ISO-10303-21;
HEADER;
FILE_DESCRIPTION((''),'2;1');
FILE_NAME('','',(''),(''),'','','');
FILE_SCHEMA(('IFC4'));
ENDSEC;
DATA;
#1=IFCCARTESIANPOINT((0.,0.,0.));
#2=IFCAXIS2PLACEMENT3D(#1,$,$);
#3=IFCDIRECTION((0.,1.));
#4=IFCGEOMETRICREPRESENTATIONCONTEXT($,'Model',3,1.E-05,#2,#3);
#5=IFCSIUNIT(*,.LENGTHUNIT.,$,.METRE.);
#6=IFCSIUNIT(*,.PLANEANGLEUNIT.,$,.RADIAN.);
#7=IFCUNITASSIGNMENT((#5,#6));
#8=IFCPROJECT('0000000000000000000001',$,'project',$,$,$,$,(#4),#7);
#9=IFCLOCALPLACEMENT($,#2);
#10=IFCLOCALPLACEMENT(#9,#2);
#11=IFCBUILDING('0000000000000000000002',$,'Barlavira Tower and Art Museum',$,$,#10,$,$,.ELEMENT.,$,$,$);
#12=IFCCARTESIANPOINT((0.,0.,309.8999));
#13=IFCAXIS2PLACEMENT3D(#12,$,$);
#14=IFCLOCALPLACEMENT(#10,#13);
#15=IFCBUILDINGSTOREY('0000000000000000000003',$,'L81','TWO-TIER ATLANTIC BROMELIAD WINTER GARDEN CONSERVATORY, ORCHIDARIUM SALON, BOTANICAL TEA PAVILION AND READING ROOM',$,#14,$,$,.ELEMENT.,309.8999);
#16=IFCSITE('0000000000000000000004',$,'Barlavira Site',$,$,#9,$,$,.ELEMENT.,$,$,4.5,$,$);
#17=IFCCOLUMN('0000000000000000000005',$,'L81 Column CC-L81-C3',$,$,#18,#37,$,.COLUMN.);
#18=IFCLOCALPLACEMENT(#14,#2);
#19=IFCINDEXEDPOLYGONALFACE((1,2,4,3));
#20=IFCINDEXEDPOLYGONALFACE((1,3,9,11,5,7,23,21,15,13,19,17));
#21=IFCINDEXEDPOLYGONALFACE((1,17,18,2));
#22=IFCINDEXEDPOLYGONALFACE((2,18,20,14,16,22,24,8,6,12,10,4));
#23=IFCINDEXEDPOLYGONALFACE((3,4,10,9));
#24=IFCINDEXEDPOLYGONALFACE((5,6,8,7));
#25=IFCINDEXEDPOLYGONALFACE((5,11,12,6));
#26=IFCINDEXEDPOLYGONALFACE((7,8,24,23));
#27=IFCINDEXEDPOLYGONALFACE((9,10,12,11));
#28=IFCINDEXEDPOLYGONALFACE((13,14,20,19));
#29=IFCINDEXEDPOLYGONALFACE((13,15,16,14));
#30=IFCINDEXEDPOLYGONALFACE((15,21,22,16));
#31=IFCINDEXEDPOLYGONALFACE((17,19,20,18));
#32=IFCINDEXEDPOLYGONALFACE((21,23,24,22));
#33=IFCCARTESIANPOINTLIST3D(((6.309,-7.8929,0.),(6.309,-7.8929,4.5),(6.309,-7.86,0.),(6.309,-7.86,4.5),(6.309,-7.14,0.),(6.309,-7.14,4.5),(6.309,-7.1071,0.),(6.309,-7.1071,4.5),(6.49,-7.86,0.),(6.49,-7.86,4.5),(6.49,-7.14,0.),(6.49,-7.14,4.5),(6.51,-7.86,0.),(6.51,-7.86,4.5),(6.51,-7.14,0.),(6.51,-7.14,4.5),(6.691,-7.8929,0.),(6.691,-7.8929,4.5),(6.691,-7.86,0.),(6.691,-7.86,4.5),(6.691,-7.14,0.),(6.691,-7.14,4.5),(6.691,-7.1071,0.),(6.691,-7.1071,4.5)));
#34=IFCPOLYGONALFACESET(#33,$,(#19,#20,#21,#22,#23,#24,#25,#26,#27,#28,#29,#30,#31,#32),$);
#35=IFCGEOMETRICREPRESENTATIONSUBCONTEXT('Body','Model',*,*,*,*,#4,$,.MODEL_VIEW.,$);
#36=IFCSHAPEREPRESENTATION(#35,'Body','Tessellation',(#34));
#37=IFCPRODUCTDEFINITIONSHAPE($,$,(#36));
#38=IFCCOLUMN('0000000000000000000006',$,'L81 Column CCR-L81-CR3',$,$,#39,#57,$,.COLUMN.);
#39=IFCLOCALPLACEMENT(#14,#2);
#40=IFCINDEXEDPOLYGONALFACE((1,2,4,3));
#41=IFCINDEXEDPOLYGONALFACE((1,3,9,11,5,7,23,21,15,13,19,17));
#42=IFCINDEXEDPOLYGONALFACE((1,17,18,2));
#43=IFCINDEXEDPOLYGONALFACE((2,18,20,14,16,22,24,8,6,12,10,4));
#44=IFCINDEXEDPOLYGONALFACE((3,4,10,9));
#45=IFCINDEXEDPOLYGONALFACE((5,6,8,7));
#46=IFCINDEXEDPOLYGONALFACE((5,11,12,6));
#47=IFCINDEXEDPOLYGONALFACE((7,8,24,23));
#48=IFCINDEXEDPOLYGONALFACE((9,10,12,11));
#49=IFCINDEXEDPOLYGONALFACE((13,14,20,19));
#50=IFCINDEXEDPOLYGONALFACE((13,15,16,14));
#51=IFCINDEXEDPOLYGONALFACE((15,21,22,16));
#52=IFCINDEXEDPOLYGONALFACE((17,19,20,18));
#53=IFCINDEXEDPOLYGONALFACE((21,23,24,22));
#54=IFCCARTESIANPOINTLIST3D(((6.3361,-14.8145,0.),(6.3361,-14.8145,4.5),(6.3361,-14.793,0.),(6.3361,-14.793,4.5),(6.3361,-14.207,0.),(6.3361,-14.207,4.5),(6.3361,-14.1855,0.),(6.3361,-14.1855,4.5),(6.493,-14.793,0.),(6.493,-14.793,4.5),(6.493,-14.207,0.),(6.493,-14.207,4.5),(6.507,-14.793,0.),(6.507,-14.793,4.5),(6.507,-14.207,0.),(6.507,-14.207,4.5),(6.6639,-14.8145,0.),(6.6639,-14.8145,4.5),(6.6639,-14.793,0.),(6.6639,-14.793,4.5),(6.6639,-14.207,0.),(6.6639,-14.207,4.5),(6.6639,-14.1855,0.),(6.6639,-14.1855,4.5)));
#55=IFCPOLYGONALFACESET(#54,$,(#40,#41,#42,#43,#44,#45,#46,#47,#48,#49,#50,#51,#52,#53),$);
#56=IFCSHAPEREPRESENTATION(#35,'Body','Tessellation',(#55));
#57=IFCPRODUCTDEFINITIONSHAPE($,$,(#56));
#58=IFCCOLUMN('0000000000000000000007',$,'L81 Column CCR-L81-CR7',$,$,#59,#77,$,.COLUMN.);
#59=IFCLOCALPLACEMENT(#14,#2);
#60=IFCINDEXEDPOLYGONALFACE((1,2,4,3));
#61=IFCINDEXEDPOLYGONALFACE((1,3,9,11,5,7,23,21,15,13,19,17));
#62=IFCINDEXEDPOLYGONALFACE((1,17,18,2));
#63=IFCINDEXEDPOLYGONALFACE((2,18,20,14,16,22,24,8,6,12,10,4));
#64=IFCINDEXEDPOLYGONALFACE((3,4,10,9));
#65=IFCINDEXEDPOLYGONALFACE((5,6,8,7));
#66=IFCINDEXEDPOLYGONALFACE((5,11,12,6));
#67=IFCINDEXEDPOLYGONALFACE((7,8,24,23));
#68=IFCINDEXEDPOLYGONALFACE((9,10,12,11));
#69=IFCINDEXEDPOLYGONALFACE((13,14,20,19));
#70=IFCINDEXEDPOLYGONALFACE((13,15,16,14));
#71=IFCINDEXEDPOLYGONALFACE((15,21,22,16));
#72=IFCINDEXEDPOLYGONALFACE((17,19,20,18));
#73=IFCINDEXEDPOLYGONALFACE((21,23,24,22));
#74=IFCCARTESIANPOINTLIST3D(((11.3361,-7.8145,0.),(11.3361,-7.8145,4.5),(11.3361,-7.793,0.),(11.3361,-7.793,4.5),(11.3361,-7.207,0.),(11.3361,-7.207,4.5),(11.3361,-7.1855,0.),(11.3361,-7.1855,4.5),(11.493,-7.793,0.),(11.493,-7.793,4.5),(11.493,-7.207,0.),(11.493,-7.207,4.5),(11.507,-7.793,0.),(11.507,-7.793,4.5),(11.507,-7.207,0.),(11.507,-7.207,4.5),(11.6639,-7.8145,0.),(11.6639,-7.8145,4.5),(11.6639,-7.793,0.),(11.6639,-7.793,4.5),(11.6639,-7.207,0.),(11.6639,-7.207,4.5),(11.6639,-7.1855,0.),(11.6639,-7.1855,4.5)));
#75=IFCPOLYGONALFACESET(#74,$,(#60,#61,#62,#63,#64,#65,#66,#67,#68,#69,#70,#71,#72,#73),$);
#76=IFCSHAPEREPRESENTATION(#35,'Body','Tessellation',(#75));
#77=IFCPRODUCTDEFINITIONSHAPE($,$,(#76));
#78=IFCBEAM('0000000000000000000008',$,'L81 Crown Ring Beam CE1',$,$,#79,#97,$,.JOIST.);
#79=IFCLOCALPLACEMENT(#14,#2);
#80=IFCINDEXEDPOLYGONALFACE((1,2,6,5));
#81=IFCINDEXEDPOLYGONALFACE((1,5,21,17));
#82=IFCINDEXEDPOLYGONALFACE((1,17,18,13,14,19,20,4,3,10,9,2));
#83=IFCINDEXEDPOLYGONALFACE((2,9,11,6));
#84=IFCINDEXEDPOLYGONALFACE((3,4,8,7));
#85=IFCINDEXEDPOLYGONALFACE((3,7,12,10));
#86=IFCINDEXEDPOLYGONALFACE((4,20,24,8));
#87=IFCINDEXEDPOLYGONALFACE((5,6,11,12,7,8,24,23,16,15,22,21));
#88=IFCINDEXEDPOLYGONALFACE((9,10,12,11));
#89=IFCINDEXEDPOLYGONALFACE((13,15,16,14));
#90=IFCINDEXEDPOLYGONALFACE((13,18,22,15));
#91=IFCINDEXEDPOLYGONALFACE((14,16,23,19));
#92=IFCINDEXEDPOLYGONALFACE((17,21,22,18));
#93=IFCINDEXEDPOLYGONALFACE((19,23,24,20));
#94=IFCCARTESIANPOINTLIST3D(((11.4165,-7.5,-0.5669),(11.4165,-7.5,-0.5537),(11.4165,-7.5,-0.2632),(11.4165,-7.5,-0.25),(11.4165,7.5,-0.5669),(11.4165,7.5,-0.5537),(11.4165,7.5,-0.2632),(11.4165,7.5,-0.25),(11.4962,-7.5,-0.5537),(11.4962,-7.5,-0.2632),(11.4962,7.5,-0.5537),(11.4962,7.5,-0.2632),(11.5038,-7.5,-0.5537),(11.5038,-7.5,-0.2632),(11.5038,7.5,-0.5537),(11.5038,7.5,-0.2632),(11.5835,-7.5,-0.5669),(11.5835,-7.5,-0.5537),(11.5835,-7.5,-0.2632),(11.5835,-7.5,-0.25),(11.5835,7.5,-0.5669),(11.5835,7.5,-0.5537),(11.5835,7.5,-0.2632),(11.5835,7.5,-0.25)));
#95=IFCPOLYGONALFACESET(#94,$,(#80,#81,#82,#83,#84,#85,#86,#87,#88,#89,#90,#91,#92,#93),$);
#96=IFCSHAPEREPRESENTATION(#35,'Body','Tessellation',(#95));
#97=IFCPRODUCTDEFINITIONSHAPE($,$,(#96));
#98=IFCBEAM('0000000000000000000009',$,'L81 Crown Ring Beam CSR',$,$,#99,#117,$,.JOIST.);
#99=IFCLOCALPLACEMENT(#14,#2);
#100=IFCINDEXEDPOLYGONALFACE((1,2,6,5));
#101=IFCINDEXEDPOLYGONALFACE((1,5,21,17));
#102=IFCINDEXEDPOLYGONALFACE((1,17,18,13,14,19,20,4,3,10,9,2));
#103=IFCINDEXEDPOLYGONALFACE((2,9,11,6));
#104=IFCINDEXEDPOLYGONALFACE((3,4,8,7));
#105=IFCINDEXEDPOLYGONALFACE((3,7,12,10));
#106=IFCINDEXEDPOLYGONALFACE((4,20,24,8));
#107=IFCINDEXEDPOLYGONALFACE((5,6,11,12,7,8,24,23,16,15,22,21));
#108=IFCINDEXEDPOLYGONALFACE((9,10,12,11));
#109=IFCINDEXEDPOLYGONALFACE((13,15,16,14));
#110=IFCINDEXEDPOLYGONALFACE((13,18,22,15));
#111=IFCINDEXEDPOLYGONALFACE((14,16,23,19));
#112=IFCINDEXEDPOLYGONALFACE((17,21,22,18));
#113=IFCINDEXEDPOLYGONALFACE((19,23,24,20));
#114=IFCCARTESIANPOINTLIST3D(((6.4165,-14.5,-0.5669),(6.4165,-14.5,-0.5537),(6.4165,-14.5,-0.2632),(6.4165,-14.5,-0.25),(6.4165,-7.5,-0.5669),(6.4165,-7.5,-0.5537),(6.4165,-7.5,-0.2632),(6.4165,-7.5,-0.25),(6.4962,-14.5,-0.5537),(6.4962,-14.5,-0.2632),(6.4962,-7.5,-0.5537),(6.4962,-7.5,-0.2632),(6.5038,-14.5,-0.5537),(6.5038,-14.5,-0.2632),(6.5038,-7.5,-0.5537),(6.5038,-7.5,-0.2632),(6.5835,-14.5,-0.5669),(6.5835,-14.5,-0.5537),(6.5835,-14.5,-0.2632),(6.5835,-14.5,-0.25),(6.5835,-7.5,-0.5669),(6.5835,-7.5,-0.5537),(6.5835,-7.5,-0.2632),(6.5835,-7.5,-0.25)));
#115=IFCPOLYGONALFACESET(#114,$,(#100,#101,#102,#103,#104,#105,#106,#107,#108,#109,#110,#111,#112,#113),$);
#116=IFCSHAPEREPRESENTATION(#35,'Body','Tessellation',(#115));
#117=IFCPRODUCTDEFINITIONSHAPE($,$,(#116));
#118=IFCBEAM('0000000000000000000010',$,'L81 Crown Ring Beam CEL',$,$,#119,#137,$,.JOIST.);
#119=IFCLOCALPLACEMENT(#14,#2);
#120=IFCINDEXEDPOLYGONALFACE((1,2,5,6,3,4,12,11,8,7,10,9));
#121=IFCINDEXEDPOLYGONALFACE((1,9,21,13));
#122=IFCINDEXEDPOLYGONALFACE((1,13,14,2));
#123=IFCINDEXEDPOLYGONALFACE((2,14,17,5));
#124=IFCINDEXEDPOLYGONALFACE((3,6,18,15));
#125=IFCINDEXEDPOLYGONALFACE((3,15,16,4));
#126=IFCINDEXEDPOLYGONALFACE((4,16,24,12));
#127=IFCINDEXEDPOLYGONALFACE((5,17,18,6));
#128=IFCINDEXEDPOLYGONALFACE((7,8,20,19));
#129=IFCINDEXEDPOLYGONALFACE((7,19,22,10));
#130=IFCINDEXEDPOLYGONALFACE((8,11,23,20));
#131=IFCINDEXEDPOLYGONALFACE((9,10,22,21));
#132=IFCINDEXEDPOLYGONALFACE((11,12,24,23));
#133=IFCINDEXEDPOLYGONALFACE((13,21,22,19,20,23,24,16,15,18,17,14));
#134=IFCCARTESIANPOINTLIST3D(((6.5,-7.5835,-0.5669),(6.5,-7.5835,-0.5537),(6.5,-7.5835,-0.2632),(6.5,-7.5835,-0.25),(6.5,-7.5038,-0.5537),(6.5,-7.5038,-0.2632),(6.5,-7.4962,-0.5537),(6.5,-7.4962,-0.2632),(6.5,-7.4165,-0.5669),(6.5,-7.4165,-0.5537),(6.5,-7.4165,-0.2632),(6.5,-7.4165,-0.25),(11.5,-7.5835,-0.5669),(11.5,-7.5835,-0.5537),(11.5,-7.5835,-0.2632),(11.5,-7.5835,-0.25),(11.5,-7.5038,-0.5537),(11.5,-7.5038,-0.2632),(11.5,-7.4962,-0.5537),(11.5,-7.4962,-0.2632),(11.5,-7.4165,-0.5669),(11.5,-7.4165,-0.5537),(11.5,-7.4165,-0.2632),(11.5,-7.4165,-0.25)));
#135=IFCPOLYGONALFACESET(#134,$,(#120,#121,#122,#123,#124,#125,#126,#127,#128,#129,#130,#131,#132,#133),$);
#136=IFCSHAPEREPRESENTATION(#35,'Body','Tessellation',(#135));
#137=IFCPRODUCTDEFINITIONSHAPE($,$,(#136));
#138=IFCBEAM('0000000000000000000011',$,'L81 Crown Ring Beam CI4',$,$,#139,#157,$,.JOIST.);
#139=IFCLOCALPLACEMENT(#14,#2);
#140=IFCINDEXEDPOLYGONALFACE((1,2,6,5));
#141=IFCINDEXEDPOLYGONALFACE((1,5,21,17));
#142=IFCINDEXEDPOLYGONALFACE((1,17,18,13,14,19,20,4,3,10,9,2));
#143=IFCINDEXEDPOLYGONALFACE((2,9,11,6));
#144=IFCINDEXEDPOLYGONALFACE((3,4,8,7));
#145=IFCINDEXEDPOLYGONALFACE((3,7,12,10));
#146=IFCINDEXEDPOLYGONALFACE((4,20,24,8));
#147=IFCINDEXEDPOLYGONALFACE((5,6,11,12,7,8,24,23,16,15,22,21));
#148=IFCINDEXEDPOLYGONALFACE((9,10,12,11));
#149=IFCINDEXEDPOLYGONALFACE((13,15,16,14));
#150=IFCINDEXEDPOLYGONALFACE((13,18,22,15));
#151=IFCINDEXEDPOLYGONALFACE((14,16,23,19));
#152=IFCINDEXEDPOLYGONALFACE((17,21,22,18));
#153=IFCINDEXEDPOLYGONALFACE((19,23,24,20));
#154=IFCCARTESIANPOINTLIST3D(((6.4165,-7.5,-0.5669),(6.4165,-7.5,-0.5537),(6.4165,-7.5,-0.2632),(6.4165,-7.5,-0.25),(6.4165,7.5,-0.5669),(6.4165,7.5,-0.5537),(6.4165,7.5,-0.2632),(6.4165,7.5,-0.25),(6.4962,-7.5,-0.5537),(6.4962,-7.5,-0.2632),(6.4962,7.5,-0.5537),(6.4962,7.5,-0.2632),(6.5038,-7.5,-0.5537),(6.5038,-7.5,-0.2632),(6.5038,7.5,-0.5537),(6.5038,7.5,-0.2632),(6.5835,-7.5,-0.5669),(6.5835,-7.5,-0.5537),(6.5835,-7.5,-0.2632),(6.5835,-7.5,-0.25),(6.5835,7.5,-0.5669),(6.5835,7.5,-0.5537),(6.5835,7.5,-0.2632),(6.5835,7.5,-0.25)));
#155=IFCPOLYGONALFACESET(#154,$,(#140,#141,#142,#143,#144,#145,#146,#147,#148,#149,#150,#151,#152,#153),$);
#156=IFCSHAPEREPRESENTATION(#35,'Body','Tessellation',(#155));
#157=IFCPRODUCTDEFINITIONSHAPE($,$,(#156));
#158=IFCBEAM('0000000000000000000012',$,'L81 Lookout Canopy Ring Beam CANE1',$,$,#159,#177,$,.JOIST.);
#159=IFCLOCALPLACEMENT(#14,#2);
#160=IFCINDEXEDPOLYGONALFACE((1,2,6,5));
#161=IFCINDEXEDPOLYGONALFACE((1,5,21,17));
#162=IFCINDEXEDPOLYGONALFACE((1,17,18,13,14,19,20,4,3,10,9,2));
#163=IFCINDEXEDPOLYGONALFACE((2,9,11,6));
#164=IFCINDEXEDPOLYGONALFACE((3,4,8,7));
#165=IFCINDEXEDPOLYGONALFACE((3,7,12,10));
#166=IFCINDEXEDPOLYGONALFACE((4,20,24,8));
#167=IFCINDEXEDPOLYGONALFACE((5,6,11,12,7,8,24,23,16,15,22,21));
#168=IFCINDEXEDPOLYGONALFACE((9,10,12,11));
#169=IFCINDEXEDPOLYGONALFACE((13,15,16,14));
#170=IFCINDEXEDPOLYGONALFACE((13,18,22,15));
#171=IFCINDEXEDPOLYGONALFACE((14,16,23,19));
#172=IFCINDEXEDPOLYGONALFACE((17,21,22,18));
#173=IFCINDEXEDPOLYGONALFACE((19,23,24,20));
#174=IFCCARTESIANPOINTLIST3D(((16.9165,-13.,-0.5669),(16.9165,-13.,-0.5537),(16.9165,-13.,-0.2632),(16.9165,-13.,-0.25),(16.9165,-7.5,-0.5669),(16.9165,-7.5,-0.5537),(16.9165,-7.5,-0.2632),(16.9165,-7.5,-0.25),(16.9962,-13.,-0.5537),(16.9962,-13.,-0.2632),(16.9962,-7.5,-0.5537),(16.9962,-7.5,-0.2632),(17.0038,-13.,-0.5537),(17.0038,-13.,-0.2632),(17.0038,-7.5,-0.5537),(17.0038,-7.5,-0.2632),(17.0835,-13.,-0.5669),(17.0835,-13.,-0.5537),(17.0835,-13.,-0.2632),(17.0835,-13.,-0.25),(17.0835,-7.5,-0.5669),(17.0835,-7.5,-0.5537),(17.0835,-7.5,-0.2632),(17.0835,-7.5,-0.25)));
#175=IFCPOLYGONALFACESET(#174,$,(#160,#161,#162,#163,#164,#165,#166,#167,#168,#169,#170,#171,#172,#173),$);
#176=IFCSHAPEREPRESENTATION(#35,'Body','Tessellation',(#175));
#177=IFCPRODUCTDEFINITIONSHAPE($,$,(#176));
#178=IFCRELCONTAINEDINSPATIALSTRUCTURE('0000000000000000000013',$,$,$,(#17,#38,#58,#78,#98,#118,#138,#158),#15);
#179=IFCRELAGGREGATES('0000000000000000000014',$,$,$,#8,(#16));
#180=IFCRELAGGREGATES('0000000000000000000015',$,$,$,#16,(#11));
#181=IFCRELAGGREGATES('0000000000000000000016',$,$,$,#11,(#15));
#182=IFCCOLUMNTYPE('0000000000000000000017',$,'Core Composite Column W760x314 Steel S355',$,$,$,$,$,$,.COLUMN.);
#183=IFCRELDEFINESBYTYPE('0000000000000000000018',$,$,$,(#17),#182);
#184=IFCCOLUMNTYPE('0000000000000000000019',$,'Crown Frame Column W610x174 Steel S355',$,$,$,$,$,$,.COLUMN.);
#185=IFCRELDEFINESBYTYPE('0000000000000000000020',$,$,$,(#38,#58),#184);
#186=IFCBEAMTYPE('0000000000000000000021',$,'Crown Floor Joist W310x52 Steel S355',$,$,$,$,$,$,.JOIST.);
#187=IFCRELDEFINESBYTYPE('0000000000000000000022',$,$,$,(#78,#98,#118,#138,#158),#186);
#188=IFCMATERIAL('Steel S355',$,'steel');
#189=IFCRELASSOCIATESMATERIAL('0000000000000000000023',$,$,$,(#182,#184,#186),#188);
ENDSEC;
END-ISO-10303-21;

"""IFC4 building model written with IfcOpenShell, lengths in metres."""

from ifc_helpers import new_model, si_unit, direction, frame, origin, origin_2d, place, context, subcontext, project, spatial, i_section, extrude, material, material_profile, profile_set, type_object, element, save


model = new_model("IFC4")

# Units and contexts
model_context = context("Model", 3, precision=1e-05, world=origin(), true_north=direction((0.0, 1.0)))
body_context = subcontext(model_context, "Body", "Model", "MODEL_VIEW")
ifc_project = project(units=[si_unit("LENGTHUNIT", "METRE"), si_unit("PLANEANGLEUNIT", "RADIAN")], contexts=[model_context])

# Site, building, storey
site_placement = place(None, origin())
site = spatial("IfcSite", under=ifc_project, at=site_placement, Name="Barlavira Site", CompositionType="ELEMENT", RefElevation=4.5)
building_placement = place(site_placement, origin())
building = spatial("IfcBuilding", under=site, at=building_placement, Name="Barlavira Tower and Art Museum", CompositionType="ELEMENT")
storey_placement = place(building_placement, frame((0.0, 0.0, 309.8999)))
storey = spatial("IfcBuildingStorey", under=building, at=storey_placement, Name="L81", Description="TWO-TIER ATLANTIC BROMELIAD WINTER GARDEN CONSERVATORY, ORCHIDARIUM SALON, BOTANICAL TEA PAVILION AND READING ROOM", CompositionType="ELEMENT", Elevation=309.8999)

# Columns
ifc_material_1 = material(Name="Steel S355", Category="steel")
ifc_material_profile_1 = material_profile(ifc_material_1, i_section(OverallWidth=0.3821, OverallDepth=0.7859, WebThickness=0.02, FlangeThickness=0.033, at=origin_2d()), Name="W760x314.0")
ifc_profile_set_1 = profile_set([ifc_material_profile_1], Name="Steel S355")
column_type_1 = type_object("IfcColumnType", Name="Core Composite Column W760x314 Steel S355", PredefinedType="COLUMN", material=ifc_profile_set_1)
column_placement = place(storey_placement, frame((6.5, -7.5, 0.0), z_axis=(0.0, 0.0, 1.0), x_axis=(1.0, 0.0, 0.0)))
element("IfcColumn", 1, at=column_placement, inside=storey, type_object=column_type_1, Name="L81 Column CC-L81-C3", PredefinedType="COLUMN", context=body_context, shape_type="SweptSolid", body=[
    extrude(i_section(OverallWidth=0.3821, OverallDepth=0.7859, WebThickness=0.02, FlangeThickness=0.033, at=origin_2d()), origin(), (0.0, 0.0, 1.0), 4.5),
])
ifc_material_profile_2 = material_profile(ifc_material_1, i_section(OverallWidth=0.3279, OverallDepth=0.6289, WebThickness=0.0139, FlangeThickness=0.0215, at=origin_2d()), Name="W610x174.0")
ifc_profile_set_2 = profile_set([ifc_material_profile_2], Name="Steel S355")
column_type_2 = type_object("IfcColumnType", Name="Crown Frame Column W610x174 Steel S355", PredefinedType="COLUMN", material=ifc_profile_set_2)
for number, where, z_axis, x_axis, name in (
    (2, (6.5, -14.5, 0.0), (0.0, 0.0, 1.0), (1.0, 0.0, 0.0), "L81 Column CCR-L81-CR3"),
    (3, (11.5, -7.5, 0.0), (0.0, 0.0, 1.0), (1.0, 0.0, 0.0), "L81 Column CCR-L81-CR7"),
):
    element("IfcColumn", number, at=place(storey_placement, frame(where, z_axis=z_axis, x_axis=x_axis)), inside=storey, type_object=column_type_2, Name=name, PredefinedType="COLUMN", context=body_context, shape_type="SweptSolid", body=[
        extrude(i_section(OverallWidth=0.3279, OverallDepth=0.6289, WebThickness=0.0139, FlangeThickness=0.0215, at=origin_2d()), origin(), (0.0, 0.0, 1.0), 4.5),
    ])

# Beams
ifc_material_profile_3 = material_profile(ifc_material_1, i_section(OverallWidth=0.167, OverallDepth=0.3169, WebThickness=0.0076, FlangeThickness=0.0132, at=origin_2d()), Name="W310x52.0")
ifc_profile_set_3 = profile_set([ifc_material_profile_3], Name="Steel S355")
beam_type = type_object("IfcBeamType", Name="Crown Floor Joist W310x52 Steel S355", PredefinedType="JOIST", material=ifc_profile_set_3)
beam_1_placement = place(storey_placement, frame((11.5, -7.5, -0.4084), z_axis=(0.0, 1.0, 0.0), x_axis=(-1.0, 0.0, 0.0)))
element("IfcBeam", 4, at=beam_1_placement, inside=storey, type_object=beam_type, Name="L81 Crown Ring Beam CE1", PredefinedType="JOIST", context=body_context, shape_type="SweptSolid", body=[
    extrude(i_section(OverallWidth=0.167, OverallDepth=0.3169, WebThickness=0.0076, FlangeThickness=0.0132, at=origin_2d()), origin(), (0.0, 0.0, 1.0), 15.0),
])
beam_2_placement = place(storey_placement, frame((6.5, -14.5, -0.4084), z_axis=(0.0, 1.0, 0.0), x_axis=(-1.0, 0.0, 0.0)))
element("IfcBeam", 5, at=beam_2_placement, inside=storey, type_object=beam_type, Name="L81 Crown Ring Beam CSR", PredefinedType="JOIST", context=body_context, shape_type="SweptSolid", body=[
    extrude(i_section(OverallWidth=0.167, OverallDepth=0.3169, WebThickness=0.0076, FlangeThickness=0.0132, at=origin_2d()), origin(), (0.0, 0.0, 1.0), 7.0),
])
beam_3_placement = place(storey_placement, frame((6.5, -7.5, -0.4084), z_axis=(1.0, 0.0, 0.0), x_axis=(0.0, 1.0, 0.0)))
element("IfcBeam", 6, at=beam_3_placement, inside=storey, type_object=beam_type, Name="L81 Crown Ring Beam CEL", PredefinedType="JOIST", context=body_context, shape_type="SweptSolid", body=[
    extrude(i_section(OverallWidth=0.167, OverallDepth=0.3169, WebThickness=0.0076, FlangeThickness=0.0132, at=origin_2d()), origin(), (0.0, 0.0, 1.0), 5.0),
])
beam_4_placement = place(storey_placement, frame((6.5, -7.5, -0.4084), z_axis=(0.0, 1.0, 0.0), x_axis=(-1.0, 0.0, 0.0)))
element("IfcBeam", 7, at=beam_4_placement, inside=storey, type_object=beam_type, Name="L81 Crown Ring Beam CI4", PredefinedType="JOIST", context=body_context, shape_type="SweptSolid", body=[
    extrude(i_section(OverallWidth=0.167, OverallDepth=0.3169, WebThickness=0.0076, FlangeThickness=0.0132, at=origin_2d()), origin(), (0.0, 0.0, 1.0), 15.0),
])
beam_5_placement = place(storey_placement, frame((17.0, -13.0, -0.4084), z_axis=(0.0, 1.0, 0.0), x_axis=(-1.0, 0.0, 0.0)))
element("IfcBeam", 8, at=beam_5_placement, inside=storey, type_object=beam_type, Name="L81 Lookout Canopy Ring Beam CANE1", PredefinedType="JOIST", context=body_context, shape_type="SweptSolid", body=[
    extrude(i_section(OverallWidth=0.167, OverallDepth=0.3169, WebThickness=0.0076, FlangeThickness=0.0132, at=origin_2d()), origin(), (0.0, 0.0, 1.0), 5.5),
])

save(model, "model.ifc")
